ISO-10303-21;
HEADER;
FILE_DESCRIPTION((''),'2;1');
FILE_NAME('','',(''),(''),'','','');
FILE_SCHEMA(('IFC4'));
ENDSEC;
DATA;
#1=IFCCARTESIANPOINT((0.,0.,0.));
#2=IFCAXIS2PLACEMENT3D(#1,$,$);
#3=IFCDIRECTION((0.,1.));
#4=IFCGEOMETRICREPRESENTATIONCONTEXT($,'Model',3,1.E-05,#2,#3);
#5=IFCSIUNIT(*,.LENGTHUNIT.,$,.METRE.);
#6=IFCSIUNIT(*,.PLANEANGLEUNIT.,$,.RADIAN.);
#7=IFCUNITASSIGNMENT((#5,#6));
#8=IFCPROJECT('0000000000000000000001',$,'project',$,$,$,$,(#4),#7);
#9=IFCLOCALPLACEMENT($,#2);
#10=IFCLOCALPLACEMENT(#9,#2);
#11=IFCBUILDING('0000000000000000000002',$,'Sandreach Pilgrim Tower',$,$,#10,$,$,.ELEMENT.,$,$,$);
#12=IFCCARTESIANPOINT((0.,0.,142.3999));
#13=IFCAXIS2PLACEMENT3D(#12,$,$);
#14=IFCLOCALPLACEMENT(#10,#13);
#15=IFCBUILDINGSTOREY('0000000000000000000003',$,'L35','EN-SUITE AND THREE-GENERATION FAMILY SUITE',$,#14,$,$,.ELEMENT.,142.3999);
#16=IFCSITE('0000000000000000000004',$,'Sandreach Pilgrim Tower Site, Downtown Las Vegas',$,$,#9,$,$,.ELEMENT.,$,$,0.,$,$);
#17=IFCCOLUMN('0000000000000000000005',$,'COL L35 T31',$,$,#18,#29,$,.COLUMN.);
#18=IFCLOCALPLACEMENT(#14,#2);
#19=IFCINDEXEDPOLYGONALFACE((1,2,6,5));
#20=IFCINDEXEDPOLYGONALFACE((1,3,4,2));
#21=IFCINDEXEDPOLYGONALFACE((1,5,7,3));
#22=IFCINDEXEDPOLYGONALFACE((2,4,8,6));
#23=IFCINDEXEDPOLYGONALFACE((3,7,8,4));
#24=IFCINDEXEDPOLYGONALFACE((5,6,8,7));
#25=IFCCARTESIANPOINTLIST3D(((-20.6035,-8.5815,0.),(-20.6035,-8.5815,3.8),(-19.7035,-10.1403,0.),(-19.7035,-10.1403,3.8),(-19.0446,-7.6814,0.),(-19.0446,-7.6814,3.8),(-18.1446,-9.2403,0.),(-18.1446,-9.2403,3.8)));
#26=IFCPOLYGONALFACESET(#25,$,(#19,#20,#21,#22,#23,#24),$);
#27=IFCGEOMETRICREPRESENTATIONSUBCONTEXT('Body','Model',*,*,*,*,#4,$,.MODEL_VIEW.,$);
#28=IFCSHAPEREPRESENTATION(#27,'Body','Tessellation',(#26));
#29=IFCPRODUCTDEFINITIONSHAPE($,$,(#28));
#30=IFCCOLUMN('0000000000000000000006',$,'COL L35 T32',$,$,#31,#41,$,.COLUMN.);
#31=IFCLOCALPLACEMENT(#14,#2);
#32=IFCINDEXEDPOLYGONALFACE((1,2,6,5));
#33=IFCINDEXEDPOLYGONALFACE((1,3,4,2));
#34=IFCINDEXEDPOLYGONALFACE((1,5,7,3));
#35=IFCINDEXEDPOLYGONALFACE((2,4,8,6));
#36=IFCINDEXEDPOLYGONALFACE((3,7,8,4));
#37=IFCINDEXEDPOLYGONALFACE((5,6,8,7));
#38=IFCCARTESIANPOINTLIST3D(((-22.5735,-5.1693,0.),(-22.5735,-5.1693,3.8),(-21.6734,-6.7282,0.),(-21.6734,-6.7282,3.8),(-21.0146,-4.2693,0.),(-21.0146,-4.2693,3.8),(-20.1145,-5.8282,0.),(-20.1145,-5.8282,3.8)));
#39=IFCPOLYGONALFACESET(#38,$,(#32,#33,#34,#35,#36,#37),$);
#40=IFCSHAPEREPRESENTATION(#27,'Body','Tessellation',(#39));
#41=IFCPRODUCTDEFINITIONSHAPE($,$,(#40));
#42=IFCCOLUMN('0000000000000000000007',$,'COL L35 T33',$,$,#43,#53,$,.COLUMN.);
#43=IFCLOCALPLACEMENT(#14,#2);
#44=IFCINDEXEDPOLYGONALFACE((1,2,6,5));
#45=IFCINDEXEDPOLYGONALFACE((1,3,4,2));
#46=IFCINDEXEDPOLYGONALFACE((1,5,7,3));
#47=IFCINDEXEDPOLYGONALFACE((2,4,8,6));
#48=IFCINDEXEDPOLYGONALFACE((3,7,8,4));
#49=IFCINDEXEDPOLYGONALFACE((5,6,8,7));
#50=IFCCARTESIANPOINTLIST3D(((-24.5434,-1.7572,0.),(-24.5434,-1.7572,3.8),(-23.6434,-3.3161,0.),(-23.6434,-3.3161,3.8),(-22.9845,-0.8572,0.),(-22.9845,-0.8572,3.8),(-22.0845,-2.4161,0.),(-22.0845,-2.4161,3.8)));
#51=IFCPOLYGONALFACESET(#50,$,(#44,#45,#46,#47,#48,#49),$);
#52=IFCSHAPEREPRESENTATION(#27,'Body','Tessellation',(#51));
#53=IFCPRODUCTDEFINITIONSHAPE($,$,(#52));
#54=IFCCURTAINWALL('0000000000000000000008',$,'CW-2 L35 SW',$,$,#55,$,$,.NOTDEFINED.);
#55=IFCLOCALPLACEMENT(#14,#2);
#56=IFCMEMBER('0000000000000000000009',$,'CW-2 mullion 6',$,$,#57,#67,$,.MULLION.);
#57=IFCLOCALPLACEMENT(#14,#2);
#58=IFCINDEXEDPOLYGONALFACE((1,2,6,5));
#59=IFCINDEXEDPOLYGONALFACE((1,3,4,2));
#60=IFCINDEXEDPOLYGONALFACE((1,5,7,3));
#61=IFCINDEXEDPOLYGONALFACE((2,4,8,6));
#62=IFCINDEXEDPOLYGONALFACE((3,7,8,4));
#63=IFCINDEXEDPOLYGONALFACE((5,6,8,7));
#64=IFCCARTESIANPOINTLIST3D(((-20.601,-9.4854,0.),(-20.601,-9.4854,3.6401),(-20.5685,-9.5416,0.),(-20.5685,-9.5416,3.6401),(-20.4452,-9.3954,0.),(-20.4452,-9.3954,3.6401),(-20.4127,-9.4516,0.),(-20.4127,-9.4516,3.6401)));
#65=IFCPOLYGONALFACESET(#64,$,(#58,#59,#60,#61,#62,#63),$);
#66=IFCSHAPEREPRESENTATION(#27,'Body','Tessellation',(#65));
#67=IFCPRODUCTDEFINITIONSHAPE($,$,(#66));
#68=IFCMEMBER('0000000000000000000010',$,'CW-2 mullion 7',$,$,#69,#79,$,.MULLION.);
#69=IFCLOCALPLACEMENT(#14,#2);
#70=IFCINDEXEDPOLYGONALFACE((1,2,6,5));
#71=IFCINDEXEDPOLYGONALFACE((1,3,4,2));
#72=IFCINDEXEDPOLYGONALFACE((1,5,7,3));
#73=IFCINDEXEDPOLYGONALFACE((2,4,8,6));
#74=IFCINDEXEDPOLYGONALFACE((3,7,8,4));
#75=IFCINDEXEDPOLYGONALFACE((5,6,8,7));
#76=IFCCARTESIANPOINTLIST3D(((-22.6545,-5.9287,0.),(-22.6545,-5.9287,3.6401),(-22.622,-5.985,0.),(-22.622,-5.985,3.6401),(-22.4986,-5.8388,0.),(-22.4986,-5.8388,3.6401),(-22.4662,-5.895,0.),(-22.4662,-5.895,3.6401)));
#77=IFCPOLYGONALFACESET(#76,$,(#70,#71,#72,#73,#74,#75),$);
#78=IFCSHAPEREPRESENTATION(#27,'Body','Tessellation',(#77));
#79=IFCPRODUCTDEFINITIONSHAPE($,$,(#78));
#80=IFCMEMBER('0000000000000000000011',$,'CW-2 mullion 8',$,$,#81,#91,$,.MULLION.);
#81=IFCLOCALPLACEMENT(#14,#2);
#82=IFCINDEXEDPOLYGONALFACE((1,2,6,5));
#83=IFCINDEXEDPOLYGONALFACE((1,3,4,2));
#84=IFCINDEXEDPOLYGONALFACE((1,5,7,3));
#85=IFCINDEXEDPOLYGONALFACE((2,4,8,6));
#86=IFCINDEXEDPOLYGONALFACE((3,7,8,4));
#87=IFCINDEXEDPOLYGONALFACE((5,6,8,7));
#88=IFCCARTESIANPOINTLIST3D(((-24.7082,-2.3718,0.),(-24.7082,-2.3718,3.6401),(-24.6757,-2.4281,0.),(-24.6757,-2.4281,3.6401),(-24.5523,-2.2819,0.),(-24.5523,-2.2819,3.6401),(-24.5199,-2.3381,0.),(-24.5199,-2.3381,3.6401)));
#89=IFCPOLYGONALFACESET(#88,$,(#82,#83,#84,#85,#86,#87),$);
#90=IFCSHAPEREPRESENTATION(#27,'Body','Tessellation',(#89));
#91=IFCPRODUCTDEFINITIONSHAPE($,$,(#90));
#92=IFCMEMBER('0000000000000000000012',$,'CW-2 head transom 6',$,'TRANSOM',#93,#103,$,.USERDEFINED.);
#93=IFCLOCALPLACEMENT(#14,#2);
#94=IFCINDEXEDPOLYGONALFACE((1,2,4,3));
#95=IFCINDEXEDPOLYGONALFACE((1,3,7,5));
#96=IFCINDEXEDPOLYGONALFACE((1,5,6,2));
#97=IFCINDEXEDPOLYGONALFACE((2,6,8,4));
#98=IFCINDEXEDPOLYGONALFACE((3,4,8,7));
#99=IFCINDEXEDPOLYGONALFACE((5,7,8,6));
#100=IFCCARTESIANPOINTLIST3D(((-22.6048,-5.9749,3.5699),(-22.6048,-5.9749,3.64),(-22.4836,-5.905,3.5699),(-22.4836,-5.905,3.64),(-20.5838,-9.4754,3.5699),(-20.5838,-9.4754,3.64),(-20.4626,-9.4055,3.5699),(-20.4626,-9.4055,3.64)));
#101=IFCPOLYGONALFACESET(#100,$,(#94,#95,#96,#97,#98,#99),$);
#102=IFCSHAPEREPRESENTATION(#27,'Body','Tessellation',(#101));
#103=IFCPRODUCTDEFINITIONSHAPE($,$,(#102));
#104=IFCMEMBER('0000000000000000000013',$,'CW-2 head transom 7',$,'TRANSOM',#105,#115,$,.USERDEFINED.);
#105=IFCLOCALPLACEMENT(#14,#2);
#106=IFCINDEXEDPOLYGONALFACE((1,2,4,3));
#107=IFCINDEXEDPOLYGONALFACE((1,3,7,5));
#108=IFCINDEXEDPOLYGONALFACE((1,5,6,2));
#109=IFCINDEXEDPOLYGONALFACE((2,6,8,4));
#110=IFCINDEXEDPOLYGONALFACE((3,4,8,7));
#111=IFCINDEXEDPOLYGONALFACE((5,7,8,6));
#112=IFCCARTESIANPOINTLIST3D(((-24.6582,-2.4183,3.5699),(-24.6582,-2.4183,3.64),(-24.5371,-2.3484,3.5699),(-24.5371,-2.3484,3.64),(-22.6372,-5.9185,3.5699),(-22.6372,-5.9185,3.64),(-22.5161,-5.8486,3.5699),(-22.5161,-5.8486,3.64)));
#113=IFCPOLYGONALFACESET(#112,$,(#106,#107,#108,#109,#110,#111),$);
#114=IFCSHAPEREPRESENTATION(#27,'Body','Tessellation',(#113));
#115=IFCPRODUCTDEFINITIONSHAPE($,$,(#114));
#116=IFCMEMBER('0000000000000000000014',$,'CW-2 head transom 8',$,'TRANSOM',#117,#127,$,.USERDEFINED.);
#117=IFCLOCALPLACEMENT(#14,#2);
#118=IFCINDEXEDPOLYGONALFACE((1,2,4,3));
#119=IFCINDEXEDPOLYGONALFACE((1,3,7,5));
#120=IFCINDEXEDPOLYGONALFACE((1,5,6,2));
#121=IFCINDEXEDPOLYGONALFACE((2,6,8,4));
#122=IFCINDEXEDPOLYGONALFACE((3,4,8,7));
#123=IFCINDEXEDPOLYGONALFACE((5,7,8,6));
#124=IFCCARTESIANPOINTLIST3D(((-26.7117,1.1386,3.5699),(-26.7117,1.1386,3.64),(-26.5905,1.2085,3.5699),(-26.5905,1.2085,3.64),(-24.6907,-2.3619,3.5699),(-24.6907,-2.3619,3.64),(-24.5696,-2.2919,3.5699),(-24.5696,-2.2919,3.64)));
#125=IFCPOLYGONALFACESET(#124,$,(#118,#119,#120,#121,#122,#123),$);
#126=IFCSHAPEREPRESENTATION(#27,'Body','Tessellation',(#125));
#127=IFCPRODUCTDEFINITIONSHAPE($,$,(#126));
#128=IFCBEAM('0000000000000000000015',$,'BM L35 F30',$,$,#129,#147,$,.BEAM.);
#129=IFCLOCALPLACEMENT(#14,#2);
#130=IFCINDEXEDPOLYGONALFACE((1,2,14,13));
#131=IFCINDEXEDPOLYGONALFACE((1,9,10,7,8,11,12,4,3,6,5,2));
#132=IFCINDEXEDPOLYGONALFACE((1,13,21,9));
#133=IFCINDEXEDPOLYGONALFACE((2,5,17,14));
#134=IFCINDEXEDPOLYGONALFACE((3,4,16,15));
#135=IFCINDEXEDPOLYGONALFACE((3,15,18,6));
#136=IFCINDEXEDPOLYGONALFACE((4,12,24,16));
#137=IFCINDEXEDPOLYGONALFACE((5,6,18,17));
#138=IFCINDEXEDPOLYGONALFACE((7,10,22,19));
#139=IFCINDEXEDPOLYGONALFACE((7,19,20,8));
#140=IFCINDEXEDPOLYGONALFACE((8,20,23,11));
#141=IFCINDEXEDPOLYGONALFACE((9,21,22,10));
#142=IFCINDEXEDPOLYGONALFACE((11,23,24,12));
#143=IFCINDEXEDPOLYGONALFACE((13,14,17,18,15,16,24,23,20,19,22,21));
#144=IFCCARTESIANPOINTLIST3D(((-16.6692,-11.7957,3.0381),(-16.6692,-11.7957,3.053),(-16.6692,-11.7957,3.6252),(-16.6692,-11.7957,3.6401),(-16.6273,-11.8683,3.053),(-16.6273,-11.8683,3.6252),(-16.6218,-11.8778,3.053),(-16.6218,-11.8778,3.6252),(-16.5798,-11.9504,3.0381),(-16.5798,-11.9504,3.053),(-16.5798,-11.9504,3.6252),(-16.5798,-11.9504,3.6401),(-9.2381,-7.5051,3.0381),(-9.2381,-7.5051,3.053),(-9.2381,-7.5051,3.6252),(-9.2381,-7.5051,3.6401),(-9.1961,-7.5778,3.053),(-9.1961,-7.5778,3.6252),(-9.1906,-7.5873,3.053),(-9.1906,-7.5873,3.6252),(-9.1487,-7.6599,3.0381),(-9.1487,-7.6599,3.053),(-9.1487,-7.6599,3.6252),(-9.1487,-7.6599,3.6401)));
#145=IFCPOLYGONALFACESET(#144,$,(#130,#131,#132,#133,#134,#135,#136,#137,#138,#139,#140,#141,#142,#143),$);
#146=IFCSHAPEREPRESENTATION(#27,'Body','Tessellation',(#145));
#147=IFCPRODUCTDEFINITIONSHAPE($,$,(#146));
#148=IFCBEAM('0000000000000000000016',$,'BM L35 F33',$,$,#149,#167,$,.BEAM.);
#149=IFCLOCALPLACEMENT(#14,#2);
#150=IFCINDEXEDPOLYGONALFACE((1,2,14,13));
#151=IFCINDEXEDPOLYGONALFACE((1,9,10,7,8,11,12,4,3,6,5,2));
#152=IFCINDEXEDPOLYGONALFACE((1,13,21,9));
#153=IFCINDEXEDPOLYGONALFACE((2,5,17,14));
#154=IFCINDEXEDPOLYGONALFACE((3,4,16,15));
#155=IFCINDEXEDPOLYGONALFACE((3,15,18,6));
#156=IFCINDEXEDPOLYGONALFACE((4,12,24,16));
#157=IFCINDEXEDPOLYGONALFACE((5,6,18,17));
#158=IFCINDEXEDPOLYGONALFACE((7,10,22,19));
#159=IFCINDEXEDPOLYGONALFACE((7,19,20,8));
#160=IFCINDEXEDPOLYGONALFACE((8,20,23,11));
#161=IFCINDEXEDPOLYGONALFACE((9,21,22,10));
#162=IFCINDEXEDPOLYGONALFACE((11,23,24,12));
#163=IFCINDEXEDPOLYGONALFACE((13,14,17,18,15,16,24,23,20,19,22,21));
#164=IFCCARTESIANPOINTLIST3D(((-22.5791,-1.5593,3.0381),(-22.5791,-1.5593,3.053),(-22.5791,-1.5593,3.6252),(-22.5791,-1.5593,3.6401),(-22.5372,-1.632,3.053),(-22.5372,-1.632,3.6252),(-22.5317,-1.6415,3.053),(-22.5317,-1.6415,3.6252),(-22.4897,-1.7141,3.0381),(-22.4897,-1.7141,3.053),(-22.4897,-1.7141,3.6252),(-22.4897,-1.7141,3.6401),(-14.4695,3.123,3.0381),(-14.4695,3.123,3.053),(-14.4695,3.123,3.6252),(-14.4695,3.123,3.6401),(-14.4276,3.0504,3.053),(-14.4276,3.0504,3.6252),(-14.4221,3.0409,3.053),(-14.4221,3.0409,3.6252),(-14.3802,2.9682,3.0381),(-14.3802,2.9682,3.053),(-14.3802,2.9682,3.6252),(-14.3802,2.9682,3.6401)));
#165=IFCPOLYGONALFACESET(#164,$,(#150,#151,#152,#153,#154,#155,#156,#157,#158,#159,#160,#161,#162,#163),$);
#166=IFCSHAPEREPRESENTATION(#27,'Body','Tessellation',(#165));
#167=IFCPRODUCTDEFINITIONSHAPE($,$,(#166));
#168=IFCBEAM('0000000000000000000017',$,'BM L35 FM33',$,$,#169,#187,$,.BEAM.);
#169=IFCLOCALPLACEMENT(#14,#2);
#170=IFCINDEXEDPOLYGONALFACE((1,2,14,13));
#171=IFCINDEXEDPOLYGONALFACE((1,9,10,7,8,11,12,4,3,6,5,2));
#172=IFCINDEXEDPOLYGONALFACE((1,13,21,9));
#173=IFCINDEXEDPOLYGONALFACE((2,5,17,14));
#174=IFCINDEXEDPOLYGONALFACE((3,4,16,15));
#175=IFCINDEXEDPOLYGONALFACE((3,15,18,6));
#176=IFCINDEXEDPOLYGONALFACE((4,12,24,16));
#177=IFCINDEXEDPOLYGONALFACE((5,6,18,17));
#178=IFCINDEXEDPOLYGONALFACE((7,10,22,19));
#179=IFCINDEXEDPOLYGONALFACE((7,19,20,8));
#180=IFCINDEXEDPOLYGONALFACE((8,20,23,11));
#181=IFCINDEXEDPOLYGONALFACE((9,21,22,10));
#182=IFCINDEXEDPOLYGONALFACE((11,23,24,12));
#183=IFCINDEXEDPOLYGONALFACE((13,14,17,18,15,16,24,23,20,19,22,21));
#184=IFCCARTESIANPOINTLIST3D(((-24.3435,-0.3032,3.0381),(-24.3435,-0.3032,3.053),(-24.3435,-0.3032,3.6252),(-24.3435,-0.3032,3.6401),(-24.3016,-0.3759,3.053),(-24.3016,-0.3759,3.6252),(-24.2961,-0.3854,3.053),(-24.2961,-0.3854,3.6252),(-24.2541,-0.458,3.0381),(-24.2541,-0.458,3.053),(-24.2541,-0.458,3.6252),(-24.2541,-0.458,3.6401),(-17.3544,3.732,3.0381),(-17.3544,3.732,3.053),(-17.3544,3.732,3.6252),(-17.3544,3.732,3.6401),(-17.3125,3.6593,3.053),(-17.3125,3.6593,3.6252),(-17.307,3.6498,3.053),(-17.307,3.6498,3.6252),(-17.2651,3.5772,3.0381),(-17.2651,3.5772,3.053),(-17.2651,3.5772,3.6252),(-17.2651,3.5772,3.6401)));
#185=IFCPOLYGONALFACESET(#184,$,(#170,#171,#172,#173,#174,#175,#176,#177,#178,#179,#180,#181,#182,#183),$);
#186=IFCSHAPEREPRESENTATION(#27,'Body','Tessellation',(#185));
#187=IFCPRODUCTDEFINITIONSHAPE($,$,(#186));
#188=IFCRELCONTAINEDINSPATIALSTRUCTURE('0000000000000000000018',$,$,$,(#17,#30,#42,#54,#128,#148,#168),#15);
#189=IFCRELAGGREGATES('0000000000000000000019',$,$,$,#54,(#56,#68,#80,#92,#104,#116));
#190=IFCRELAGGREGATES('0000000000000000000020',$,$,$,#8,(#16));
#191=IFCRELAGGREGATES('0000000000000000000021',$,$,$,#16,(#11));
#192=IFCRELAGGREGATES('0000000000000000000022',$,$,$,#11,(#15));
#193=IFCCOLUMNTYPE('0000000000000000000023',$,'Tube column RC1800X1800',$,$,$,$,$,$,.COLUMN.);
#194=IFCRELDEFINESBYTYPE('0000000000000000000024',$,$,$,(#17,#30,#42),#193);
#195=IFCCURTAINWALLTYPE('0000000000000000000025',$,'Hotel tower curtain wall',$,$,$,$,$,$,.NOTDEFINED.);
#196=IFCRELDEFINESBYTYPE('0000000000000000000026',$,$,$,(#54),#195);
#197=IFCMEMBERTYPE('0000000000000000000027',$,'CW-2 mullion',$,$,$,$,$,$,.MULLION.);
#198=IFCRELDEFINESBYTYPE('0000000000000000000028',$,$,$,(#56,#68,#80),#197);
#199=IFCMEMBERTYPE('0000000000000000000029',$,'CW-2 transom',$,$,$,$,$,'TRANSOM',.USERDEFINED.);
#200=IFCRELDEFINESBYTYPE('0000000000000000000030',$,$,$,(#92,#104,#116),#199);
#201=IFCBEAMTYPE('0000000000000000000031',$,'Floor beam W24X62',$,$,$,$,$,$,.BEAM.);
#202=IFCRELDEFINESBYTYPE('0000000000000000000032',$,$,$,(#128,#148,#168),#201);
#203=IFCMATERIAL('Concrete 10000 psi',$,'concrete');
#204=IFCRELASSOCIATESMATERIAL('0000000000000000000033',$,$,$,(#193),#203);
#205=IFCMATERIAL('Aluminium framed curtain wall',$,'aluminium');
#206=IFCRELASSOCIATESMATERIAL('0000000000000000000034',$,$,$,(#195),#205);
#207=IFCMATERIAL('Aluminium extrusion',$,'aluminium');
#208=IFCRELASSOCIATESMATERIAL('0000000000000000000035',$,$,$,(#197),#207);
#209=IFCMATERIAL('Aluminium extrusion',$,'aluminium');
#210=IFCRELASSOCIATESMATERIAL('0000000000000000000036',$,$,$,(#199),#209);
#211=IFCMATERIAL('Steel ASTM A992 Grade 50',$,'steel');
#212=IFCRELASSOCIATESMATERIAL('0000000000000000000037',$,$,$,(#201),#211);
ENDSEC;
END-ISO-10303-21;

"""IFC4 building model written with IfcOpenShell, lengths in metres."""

from ifc_helpers import new_model, si_unit, direction, frame, origin, origin_2d, place, context, subcontext, project, spatial, rectangle, i_section, extrude, material, material_profile, profile_set, type_object, element, aggregate, save


model = new_model("IFC4")

# Units and contexts
model_context = context("Model", 3, precision=1e-05, world=origin(), true_north=direction((0.0, 1.0)))
body_context = subcontext(model_context, "Body", "Model", "MODEL_VIEW")
ifc_project = project(units=[si_unit("LENGTHUNIT", "METRE"), si_unit("PLANEANGLEUNIT", "RADIAN")], contexts=[model_context])

# Site, building, storey
site_placement = place(None, origin())
site = spatial("IfcSite", under=ifc_project, at=site_placement, Name="Sandreach Pilgrim Tower Site, Downtown Las Vegas", CompositionType="ELEMENT", RefElevation=0.0)
building_placement = place(site_placement, origin())
building = spatial("IfcBuilding", under=site, at=building_placement, Name="Sandreach Pilgrim Tower", CompositionType="ELEMENT")
storey_placement = place(building_placement, frame((0.0, 0.0, 142.3999)))
storey = spatial("IfcBuildingStorey", under=building, at=storey_placement, Name="L35", Description="EN-SUITE AND THREE-GENERATION FAMILY SUITE", CompositionType="ELEMENT", Elevation=142.3999)

# Columns
ifc_material_1 = material(Name="Concrete 10000 psi", Category="concrete")
ifc_material_profile_1 = material_profile(ifc_material_1, rectangle(XDim=1.8, YDim=1.8, at=origin_2d()), Name="RC1800X1800")
ifc_profile_set_1 = profile_set([ifc_material_profile_1], Name="Concrete 10000 psi")
column_type = type_object("IfcColumnType", Name="Tube column RC1800X1800", PredefinedType="COLUMN", material=ifc_profile_set_1)
for number, where, z_axis, x_axis, name in (
    (1, (-19.374, -8.9109, 0.0), (0.0, 0.0, 1.0), (-0.866025, -0.5, 0.0), "COL L35 T31"),
    (2, (-21.344, -5.4988, 0.0), (0.0, 0.0, 1.0), (-0.866025, -0.5, 0.0), "COL L35 T32"),
    (3, (-23.314, -2.0867, 0.0), (0.0, 0.0, 1.0), (-0.866025, -0.5, 0.0), "COL L35 T33"),
):
    element("IfcColumn", number, at=place(storey_placement, frame(where, z_axis=z_axis, x_axis=x_axis)), inside=storey, type_object=column_type, Name=name, PredefinedType="COLUMN", context=body_context, shape_type="SweptSolid", body=[
        extrude(rectangle(XDim=1.8, YDim=1.8, at=origin_2d()), origin(), (0.0, 0.0, 1.0), 3.8),
    ])

# Curtain wall, members
ifc_material_2 = material(Name="Aluminium framed curtain wall", Category="aluminium")
curtain_wall_type = type_object("IfcCurtainWallType", Name="Hotel tower curtain wall", PredefinedType="NOTDEFINED", material=ifc_material_2)
curtain_wall_placement = place(storey_placement, origin())
curtain_wall = element("IfcCurtainWall", 4, at=curtain_wall_placement, inside=storey, type_object=curtain_wall_type, Name="CW-2 L35 SW", PredefinedType="NOTDEFINED")
ifc_material_3 = material(Name="Aluminium extrusion", Category="aluminium")
ifc_material_profile_2 = material_profile(ifc_material_3, rectangle(XDim=0.0649, YDim=0.1799, at=origin_2d()), Name="CW-2M 65X180")
ifc_profile_set_2 = profile_set([ifc_material_profile_2], Name="Aluminium extrusion")
member_type_1 = type_object("IfcMemberType", Name="CW-2 mullion", PredefinedType="MULLION", material=ifc_profile_set_2)
member_1_placement = place(storey_placement, frame((-20.5068, -9.4685, 0.0), z_axis=(0.0, 0.0, 1.0), x_axis=(-0.5, 0.866025, 0.0)))
member_1 = element("IfcMember", 5, at=member_1_placement, type_object=member_type_1, Name="CW-2 mullion 6", PredefinedType="MULLION", context=body_context, shape_type="SweptSolid", body=[
    extrude(rectangle(XDim=0.0649, YDim=0.1799, at=origin_2d()), origin(), (0.0, 0.0, 1.0), 3.6401),
])
member_2_placement = place(storey_placement, frame((-22.5603, -5.9119, 0.0), z_axis=(0.0, 0.0, 1.0), x_axis=(-0.5, 0.866025, 0.0)))
member_2 = element("IfcMember", 6, at=member_2_placement, type_object=member_type_1, Name="CW-2 mullion 7", PredefinedType="MULLION", context=body_context, shape_type="SweptSolid", body=[
    extrude(rectangle(XDim=0.0649, YDim=0.1799, at=origin_2d()), origin(), (0.0, 0.0, 1.0), 3.6401),
])
member_3_placement = place(storey_placement, frame((-24.614, -2.355, 0.0), z_axis=(0.0, 0.0, 1.0), x_axis=(-0.5, 0.866025, 0.0)))
member_3 = element("IfcMember", 7, at=member_3_placement, type_object=member_type_1, Name="CW-2 mullion 8", PredefinedType="MULLION", context=body_context, shape_type="SweptSolid", body=[
    extrude(rectangle(XDim=0.0649, YDim=0.1799, at=origin_2d()), origin(), (0.0, 0.0, 1.0), 3.6401),
])
ifc_material_4 = material(Name="Aluminium extrusion", Category="aluminium")
ifc_material_profile_3 = material_profile(ifc_material_4, rectangle(XDim=0.1399, YDim=0.0701, at=origin_2d()), Name="CW-2T 140X70")
ifc_profile_set_3 = profile_set([ifc_material_profile_3], Name="Aluminium extrusion")
member_type_2 = type_object("IfcMemberType", Name="CW-2 transom", ElementType="TRANSOM", PredefinedType="USERDEFINED", material=ifc_profile_set_3)
member_4_placement = place(storey_placement, frame((-20.5232, -9.4404, 3.605), z_axis=(-0.499998, 0.866027, 0.0), x_axis=(-0.866027, -0.499998, 0.0)))
member_4 = element("IfcMember", 8, at=member_4_placement, type_object=member_type_2, Name="CW-2 head transom 6", ObjectType="TRANSOM", PredefinedType="USERDEFINED", context=body_context, shape_type="SweptSolid", body=[
    extrude(rectangle(XDim=0.1399, YDim=0.0701, at=origin_2d()), origin(), (0.0, 0.0, 1.0), 4.042),
])
member_5_placement = place(storey_placement, frame((-22.5767, -5.8835, 3.605), z_axis=(-0.500024, 0.866012, 0.0), x_axis=(-0.866012, -0.500024, 0.0)))
member_5 = element("IfcMember", 9, at=member_5_placement, type_object=member_type_2, Name="CW-2 head transom 7", ObjectType="TRANSOM", PredefinedType="USERDEFINED", context=body_context, shape_type="SweptSolid", body=[
    extrude(rectangle(XDim=0.1399, YDim=0.0701, at=origin_2d()), origin(), (0.0, 0.0, 1.0), 4.0417),
])
member_6_placement = place(storey_placement, frame((-24.6301, -2.3269, 3.605), z_axis=(-0.499998, 0.866027, 0.0), x_axis=(-0.866027, -0.499998, 0.0)))
member_6 = element("IfcMember", 10, at=member_6_placement, type_object=member_type_2, Name="CW-2 head transom 8", ObjectType="TRANSOM", PredefinedType="USERDEFINED", context=body_context, shape_type="SweptSolid", body=[
    extrude(rectangle(XDim=0.1399, YDim=0.0701, at=origin_2d()), origin(), (0.0, 0.0, 1.0), 4.042),
])

# Beams
ifc_material_5 = material(Name="Steel ASTM A992 Grade 50", Category="steel")
ifc_material_profile_4 = material_profile(ifc_material_5, i_section(OverallWidth=0.1787, OverallDepth=0.6021, WebThickness=0.011, FlangeThickness=0.0149, at=origin_2d()), Name="W24X62")
ifc_profile_set_4 = profile_set([ifc_material_profile_4], Name="Steel ASTM A992 Grade 50")
beam_type_1 = type_object("IfcBeamType", Name="Floor beam W24X62", PredefinedType="BEAM", material=ifc_profile_set_4)
beam_1_placement = place(storey_placement, frame((-16.6245, -11.873, 3.3391), z_axis=(0.866018, 0.500013, 0.0), x_axis=(-0.500013, 0.866018, 0.0)))
element("IfcBeam", 11, at=beam_1_placement, inside=storey, type_object=beam_type_1, Name="BM L35 F30", PredefinedType="BEAM", context=body_context, shape_type="SweptSolid", body=[
    extrude(i_section(OverallWidth=0.1787, OverallDepth=0.6021, WebThickness=0.011, FlangeThickness=0.0149, at=origin_2d()), origin(), (0.0, 0.0, 1.0), 8.5808),
])
beam_2_placement = place(storey_placement, frame((-22.5344, -1.6367, 3.3391), z_axis=(0.866012, 0.500023, 0.0), x_axis=(-0.500023, 0.866012, 0.0)))
element("IfcBeam", 12, at=beam_2_placement, inside=storey, type_object=beam_type_1, Name="BM L35 F33", PredefinedType="BEAM", context=body_context, shape_type="SweptSolid", body=[
    extrude(i_section(OverallWidth=0.1787, OverallDepth=0.6021, WebThickness=0.011, FlangeThickness=0.0149, at=origin_2d()), origin(), (0.0, 0.0, 1.0), 9.3643),
])
beam_3_placement = place(storey_placement, frame((-24.2988, -0.3806, 3.3391), z_axis=(0.866023, 0.500004, 0.0), x_axis=(-0.500004, 0.866023, 0.0)))
element("IfcBeam", 13, at=beam_3_placement, inside=storey, type_object=beam_type_1, Name="BM L35 FM33", PredefinedType="BEAM", context=body_context, shape_type="SweptSolid", body=[
    extrude(i_section(OverallWidth=0.1787, OverallDepth=0.6021, WebThickness=0.011, FlangeThickness=0.0149, at=origin_2d()), origin(), (0.0, 0.0, 1.0), 8.0703),
])

aggregate(curtain_wall, [member_1, member_2, member_3, member_4, member_5, member_6])

save(model, "model.ifc")
